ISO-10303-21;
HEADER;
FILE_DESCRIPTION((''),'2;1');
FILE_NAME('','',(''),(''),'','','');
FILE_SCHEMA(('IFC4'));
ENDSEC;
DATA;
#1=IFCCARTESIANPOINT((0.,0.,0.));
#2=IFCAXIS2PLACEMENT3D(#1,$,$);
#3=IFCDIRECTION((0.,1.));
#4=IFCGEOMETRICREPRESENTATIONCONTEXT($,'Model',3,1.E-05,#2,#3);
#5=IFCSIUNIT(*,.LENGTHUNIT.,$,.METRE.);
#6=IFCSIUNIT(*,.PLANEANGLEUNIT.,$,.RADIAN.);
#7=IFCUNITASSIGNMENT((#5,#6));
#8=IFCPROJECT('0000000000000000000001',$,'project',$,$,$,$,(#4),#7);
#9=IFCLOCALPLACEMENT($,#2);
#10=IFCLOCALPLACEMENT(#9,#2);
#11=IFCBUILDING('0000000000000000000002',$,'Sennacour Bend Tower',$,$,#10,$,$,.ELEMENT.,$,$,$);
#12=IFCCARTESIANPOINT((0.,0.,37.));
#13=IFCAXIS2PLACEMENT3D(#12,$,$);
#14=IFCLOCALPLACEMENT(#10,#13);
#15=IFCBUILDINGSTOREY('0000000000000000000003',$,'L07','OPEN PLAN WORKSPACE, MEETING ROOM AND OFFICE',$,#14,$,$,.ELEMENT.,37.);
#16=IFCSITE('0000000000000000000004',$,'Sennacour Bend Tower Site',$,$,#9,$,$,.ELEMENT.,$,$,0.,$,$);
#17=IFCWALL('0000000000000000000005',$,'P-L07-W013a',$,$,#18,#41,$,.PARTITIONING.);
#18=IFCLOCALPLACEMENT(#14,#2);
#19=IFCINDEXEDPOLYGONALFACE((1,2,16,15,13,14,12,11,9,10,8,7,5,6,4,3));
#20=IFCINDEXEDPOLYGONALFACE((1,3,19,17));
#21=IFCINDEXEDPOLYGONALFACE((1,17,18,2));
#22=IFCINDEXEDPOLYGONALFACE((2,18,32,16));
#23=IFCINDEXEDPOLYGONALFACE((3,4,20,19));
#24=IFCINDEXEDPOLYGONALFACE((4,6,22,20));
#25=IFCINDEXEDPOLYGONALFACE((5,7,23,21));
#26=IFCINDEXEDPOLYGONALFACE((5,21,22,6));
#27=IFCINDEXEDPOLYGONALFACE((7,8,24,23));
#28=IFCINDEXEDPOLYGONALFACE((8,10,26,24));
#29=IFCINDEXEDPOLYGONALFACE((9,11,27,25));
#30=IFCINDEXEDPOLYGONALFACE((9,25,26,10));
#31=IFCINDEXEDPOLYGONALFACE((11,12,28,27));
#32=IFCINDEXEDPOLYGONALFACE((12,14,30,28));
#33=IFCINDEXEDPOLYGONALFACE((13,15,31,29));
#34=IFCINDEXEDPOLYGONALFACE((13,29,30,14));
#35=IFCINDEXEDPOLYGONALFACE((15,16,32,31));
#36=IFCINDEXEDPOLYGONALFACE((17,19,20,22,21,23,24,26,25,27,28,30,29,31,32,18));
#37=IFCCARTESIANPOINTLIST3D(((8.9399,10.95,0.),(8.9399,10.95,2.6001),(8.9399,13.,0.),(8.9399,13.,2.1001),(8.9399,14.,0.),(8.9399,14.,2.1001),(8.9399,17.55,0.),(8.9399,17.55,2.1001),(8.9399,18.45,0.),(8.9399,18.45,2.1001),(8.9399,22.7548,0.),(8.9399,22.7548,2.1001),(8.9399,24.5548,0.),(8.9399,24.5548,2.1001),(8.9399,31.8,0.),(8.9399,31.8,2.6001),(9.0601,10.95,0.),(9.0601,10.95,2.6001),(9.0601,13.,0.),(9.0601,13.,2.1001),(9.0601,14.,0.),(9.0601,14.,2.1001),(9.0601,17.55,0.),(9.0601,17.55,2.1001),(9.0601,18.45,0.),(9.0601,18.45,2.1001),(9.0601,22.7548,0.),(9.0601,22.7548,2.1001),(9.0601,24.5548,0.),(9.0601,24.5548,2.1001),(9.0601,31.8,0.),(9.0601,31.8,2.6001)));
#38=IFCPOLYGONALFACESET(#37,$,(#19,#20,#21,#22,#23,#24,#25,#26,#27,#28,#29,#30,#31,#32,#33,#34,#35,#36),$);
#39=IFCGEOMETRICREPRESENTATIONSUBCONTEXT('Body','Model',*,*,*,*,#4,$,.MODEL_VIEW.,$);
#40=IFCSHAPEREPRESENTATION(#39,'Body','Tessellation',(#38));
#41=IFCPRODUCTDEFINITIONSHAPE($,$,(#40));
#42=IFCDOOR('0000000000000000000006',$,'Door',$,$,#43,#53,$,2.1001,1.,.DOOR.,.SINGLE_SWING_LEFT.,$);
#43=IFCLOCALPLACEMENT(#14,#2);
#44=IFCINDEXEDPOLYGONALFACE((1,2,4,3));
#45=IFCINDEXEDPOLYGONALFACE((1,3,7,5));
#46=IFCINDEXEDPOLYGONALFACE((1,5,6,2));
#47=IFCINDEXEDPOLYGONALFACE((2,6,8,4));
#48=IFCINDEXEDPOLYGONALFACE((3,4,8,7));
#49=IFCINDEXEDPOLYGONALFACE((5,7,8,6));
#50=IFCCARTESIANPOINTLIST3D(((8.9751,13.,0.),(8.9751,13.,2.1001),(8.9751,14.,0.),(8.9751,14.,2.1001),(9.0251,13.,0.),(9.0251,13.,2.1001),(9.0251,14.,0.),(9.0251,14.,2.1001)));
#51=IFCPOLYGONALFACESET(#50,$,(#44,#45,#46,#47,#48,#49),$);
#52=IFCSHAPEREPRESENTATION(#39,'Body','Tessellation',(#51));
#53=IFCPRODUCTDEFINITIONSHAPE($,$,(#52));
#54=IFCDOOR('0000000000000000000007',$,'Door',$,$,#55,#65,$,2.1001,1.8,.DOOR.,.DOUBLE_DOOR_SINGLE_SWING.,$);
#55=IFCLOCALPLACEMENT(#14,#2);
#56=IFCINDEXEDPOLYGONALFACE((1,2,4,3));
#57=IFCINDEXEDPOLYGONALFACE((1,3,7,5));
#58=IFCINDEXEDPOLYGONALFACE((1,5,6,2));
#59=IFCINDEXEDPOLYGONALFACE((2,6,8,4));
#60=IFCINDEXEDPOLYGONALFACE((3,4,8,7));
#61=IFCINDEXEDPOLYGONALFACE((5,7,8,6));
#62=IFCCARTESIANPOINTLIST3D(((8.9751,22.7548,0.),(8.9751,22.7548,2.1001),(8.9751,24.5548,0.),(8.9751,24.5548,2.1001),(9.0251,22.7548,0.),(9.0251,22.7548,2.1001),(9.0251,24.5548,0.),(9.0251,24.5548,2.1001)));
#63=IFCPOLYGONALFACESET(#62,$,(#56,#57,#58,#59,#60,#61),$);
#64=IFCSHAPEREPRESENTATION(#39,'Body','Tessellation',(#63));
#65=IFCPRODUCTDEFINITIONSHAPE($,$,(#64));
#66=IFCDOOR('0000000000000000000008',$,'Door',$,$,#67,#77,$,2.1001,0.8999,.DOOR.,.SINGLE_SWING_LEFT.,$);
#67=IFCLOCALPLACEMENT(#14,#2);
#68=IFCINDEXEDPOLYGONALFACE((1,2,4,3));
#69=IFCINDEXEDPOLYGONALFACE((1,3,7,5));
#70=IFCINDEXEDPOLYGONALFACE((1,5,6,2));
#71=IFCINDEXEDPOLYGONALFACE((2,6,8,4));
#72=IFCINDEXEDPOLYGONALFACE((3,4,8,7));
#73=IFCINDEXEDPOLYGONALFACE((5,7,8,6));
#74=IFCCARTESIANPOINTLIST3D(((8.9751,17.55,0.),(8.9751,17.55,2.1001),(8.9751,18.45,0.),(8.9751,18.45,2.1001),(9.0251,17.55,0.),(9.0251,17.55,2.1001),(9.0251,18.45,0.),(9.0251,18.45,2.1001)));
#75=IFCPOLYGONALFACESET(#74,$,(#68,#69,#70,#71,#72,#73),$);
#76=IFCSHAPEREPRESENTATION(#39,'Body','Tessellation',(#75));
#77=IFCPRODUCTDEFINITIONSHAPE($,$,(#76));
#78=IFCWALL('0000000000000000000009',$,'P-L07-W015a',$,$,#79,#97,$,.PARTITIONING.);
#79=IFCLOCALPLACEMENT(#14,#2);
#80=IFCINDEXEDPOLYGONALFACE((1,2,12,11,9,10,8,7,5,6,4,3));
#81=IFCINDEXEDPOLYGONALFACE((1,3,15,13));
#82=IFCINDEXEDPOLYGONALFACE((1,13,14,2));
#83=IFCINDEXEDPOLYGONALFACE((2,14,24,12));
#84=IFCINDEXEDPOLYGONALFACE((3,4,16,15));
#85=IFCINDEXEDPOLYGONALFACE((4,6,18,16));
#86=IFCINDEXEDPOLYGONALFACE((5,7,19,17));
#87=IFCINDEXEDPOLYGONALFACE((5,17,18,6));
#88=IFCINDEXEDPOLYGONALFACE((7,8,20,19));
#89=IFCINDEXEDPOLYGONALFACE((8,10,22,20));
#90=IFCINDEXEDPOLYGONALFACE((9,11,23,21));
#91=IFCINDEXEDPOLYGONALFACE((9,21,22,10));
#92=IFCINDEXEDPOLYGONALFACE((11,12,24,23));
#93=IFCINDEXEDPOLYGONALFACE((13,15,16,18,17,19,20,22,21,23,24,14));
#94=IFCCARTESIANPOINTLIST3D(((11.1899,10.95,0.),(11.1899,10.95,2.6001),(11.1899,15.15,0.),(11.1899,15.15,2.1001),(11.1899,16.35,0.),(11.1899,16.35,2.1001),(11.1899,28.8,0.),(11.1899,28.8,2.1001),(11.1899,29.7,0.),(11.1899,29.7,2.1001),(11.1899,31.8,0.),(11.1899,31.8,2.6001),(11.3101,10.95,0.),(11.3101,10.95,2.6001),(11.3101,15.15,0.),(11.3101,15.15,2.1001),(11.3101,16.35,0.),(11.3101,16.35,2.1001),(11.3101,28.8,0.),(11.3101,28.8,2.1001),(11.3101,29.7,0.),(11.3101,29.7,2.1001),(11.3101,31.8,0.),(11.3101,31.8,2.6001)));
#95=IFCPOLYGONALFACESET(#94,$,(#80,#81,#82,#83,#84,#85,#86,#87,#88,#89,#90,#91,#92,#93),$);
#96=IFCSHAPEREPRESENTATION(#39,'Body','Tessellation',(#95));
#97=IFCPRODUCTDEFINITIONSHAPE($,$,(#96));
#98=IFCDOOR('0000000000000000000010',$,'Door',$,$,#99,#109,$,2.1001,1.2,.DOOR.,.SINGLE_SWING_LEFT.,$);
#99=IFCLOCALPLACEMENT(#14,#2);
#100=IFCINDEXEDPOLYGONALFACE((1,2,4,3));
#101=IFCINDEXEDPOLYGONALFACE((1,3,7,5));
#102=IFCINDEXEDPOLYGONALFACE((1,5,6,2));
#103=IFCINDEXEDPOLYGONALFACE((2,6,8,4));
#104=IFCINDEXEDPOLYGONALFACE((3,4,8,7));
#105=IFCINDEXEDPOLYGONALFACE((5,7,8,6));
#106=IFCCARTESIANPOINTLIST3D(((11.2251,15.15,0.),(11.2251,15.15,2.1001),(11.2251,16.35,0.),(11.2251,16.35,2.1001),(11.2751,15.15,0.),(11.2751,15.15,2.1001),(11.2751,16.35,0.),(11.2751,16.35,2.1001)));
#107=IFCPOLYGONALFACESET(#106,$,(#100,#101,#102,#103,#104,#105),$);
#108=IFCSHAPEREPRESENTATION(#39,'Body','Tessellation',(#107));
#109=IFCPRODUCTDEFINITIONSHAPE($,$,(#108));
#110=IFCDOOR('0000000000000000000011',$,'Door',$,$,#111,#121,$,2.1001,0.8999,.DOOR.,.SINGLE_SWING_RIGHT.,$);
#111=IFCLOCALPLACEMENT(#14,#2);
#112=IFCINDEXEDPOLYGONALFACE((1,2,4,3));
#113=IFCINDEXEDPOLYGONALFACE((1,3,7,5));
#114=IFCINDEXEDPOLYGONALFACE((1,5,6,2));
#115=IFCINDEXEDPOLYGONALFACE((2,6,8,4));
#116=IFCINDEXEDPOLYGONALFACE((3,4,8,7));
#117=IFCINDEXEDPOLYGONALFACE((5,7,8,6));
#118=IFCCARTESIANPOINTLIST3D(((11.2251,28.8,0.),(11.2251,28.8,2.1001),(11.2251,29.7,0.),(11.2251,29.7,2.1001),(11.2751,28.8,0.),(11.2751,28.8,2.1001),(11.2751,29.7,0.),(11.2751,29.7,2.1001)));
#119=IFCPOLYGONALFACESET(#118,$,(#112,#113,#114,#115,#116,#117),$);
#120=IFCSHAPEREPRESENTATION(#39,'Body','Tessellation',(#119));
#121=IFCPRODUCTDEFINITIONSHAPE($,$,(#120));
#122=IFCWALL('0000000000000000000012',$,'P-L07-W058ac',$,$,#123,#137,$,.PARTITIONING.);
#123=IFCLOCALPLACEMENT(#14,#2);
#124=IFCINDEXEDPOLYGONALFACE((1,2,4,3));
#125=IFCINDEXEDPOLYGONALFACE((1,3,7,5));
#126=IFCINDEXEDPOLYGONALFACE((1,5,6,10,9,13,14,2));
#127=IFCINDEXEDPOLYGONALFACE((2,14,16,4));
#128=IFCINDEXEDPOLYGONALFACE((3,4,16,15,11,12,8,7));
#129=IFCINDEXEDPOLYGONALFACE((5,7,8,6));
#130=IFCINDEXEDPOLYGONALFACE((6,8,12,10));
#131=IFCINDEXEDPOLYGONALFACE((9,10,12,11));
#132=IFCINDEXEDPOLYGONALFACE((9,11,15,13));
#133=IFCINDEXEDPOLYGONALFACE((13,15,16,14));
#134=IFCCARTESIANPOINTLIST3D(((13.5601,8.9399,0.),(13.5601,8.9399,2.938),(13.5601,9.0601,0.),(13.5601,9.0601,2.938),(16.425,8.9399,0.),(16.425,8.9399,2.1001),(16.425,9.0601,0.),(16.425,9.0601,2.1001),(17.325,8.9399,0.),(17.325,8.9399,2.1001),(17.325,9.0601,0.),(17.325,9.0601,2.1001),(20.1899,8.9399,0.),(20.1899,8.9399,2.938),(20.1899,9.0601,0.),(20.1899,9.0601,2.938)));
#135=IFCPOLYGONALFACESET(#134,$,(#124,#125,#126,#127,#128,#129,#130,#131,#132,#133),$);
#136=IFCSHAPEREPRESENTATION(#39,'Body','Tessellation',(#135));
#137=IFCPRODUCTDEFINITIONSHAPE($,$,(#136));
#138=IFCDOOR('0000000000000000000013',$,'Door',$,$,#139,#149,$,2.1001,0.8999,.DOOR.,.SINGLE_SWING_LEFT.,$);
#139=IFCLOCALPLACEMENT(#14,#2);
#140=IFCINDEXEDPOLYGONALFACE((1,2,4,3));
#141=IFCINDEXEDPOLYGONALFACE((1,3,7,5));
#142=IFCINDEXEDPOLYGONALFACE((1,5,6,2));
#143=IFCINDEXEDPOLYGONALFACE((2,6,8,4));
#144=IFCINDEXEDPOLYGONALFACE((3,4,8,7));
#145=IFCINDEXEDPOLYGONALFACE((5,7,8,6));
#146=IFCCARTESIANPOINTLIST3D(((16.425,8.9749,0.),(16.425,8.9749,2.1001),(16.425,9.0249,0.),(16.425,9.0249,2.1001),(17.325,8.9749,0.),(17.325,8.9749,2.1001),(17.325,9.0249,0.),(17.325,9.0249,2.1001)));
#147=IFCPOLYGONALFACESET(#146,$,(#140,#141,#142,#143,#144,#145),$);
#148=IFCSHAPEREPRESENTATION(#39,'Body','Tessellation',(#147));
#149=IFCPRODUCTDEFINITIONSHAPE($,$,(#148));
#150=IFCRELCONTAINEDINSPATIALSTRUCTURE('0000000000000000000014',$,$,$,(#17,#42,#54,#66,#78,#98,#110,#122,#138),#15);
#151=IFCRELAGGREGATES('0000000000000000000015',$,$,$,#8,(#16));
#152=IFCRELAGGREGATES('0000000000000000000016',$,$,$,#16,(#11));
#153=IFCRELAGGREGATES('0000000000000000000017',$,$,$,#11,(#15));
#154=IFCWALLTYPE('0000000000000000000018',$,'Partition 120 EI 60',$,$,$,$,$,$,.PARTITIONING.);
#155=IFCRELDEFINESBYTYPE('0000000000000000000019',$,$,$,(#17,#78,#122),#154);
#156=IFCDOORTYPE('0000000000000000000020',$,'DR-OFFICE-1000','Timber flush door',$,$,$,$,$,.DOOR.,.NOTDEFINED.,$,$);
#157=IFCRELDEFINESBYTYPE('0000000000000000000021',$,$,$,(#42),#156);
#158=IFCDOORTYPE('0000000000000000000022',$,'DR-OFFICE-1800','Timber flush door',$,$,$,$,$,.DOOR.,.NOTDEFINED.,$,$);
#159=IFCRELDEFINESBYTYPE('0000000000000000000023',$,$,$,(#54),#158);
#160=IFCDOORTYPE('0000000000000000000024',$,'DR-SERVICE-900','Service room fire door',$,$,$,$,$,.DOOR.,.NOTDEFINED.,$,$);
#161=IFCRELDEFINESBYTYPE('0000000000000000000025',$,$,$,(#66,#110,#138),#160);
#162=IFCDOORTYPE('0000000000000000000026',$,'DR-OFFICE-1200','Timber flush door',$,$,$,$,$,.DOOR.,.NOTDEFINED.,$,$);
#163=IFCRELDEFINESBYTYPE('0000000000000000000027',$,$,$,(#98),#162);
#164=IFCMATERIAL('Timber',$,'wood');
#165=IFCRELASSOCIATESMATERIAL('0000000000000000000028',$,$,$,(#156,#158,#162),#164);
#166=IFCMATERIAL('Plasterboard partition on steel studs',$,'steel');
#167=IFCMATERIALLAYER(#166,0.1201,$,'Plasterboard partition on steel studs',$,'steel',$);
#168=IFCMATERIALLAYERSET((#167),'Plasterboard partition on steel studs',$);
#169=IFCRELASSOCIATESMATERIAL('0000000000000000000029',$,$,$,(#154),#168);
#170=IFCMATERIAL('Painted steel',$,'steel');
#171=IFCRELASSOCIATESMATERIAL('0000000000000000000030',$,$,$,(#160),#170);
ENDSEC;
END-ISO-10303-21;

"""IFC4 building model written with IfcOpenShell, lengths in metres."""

from ifc_helpers import new_model, si_unit, direction, frame, frame_2d, origin, place, context, subcontext, project, spatial, rectangle, extrude, material, layer, layer_set, type_object, element, fill, save


model = new_model("IFC4")

# Units and contexts
model_context = context("Model", 3, precision=1e-05, world=origin(), true_north=direction((0.0, 1.0)))
body_context = subcontext(model_context, "Body", "Model", "MODEL_VIEW")
ifc_project = project(units=[si_unit("LENGTHUNIT", "METRE"), si_unit("PLANEANGLEUNIT", "RADIAN")], contexts=[model_context])

# Site, building, storey
site_placement = place(None, origin())
site = spatial("IfcSite", under=ifc_project, at=site_placement, Name="Sennacour Bend Tower Site", CompositionType="ELEMENT", RefElevation=0.0)
building_placement = place(site_placement, origin())
building = spatial("IfcBuilding", under=site, at=building_placement, Name="Sennacour Bend Tower", CompositionType="ELEMENT")
storey_placement = place(building_placement, frame((0.0, 0.0, 37.0)))
storey = spatial("IfcBuildingStorey", under=building, at=storey_placement, Name="L07", Description="OPEN PLAN WORKSPACE, MEETING ROOM AND OFFICE", CompositionType="ELEMENT", Elevation=37.0)

# Shared definitions
ifc_material_1 = material(Name="Plasterboard partition on steel studs", Category="steel")
ifc_material_2 = material(Name="Timber", Category="wood")
door_type_1 = type_object("IfcDoorType", Name="DR-OFFICE-1000", Description="Timber flush door", OperationType="NOTDEFINED", PredefinedType="DOOR", material=ifc_material_2)
door_type_2 = type_object("IfcDoorType", Name="DR-OFFICE-1800", Description="Timber flush door", OperationType="NOTDEFINED", PredefinedType="DOOR", material=ifc_material_2)

# Shared definitions
ifc_material_3 = material(Name="Painted steel", Category="steel")

# Walls, openings, doors
ifc_layer_1 = layer(ifc_material_1, 0.1201, Name="Plasterboard partition on steel studs", Category="steel")
ifc_layer_set_1 = layer_set([ifc_layer_1], Name="Plasterboard partition on steel studs")
wall_type_1 = type_object("IfcWallType", Name="Partition 120 EI 60", PredefinedType="PARTITIONING", material=ifc_layer_set_1)
wall_1_placement = place(storey_placement, frame((9.0, 10.95, 0.0), z_axis=(0.0, 0.0, 1.0), x_axis=(0.0, 1.0, 0.0)))
wall_1 = element("IfcWall", 1, at=wall_1_placement, inside=storey, type_object=wall_type_1, Name="P-L07-W013a", PredefinedType="PARTITIONING", context=body_context, shape_type="SweptSolid", body=[
    extrude(rectangle(XDim=20.8501, YDim=0.1201, at=frame_2d((10.425, 0.0))), origin(), (0.0, 0.0, 1.0), 2.6001),
])
opening_1_placement = place(wall_1_placement, frame((2.05, 0.0, 0.0)))
opening_1 = element("IfcOpeningElement", 2, at=opening_1_placement, cuts=wall_1, PredefinedType="OPENING", context=body_context, shape_type="SweptSolid", body=[
    extrude(rectangle(XDim=1.0, YDim=2.1001, at=frame_2d((0.5, 1.05))), frame((0.0, 0.0701, 0.0), z_axis=(0.0, -1.0, 0.0), x_axis=(1.0, 0.0, 0.0)), (0.0, 0.0, 1.0), 0.1401),
])
opening_2_placement = place(wall_1_placement, frame((6.6001, 0.0, 0.0)))
opening_2 = element("IfcOpeningElement", 3, at=opening_2_placement, cuts=wall_1, PredefinedType="OPENING", context=body_context, shape_type="SweptSolid", body=[
    extrude(rectangle(XDim=0.8999, YDim=2.1001, at=frame_2d((0.45, 1.05))), frame((0.0, 0.0701, 0.0), z_axis=(0.0, -1.0, 0.0), x_axis=(1.0, 0.0, 0.0)), (0.0, 0.0, 1.0), 0.1401),
])
opening_3_placement = place(wall_1_placement, frame((11.8049, 0.0, 0.0)))
opening_3 = element("IfcOpeningElement", 4, at=opening_3_placement, cuts=wall_1, PredefinedType="OPENING", context=body_context, shape_type="SweptSolid", body=[
    extrude(rectangle(XDim=1.8, YDim=2.1001, at=frame_2d((0.8999, 1.05))), frame((0.0, 0.0701, 0.0), z_axis=(0.0, -1.0, 0.0), x_axis=(1.0, 0.0, 0.0)), (0.0, 0.0, 1.0), 0.1401),
])
door_1_placement = place(opening_1_placement, origin())
door_1 = element("IfcDoor", 5, at=door_1_placement, inside=storey, type_object=door_type_1, Name="Door", OperationType="SINGLE_SWING_LEFT", OverallHeight=2.1001, OverallWidth=1.0, PredefinedType="DOOR", context=body_context, shape_type="SweptSolid", body=[
    extrude(rectangle(XDim=1.0, YDim=2.1001, at=frame_2d((0.5, 1.05))), frame((0.0, 0.0249, 0.0), z_axis=(0.0, -1.0, 0.0), x_axis=(1.0, 0.0, 0.0)), (0.0, 0.0, 1.0), 0.05),
])
fill(opening_1, door_1)
door_2_placement = place(opening_3_placement, origin())
door_2 = element("IfcDoor", 6, at=door_2_placement, inside=storey, type_object=door_type_2, Name="Door", OperationType="DOUBLE_DOOR_SINGLE_SWING", OverallHeight=2.1001, OverallWidth=1.8, PredefinedType="DOOR", context=body_context, shape_type="SweptSolid", body=[
    extrude(rectangle(XDim=1.8, YDim=2.1001, at=frame_2d((0.8999, 1.05))), frame((0.0, 0.0249, 0.0), z_axis=(0.0, -1.0, 0.0), x_axis=(1.0, 0.0, 0.0)), (0.0, 0.0, 1.0), 0.05),
])
fill(opening_3, door_2)
door_type_3 = type_object("IfcDoorType", Name="DR-SERVICE-900", Description="Service room fire door", OperationType="NOTDEFINED", PredefinedType="DOOR", material=ifc_material_3)
door_3_placement = place(opening_2_placement, origin())
door_3 = element("IfcDoor", 7, at=door_3_placement, inside=storey, type_object=door_type_3, Name="Door", OperationType="SINGLE_SWING_LEFT", OverallHeight=2.1001, OverallWidth=0.8999, PredefinedType="DOOR", context=body_context, shape_type="SweptSolid", body=[
    extrude(rectangle(XDim=0.8999, YDim=2.1001, at=frame_2d((0.45, 1.05))), frame((0.0, 0.0249, 0.0), z_axis=(0.0, -1.0, 0.0), x_axis=(1.0, 0.0, 0.0)), (0.0, 0.0, 1.0), 0.05),
])
fill(opening_2, door_3)
wall_2_placement = place(storey_placement, frame((11.25, 10.95, 0.0), z_axis=(0.0, 0.0, 1.0), x_axis=(0.0, 1.0, 0.0)))
wall_2 = element("IfcWall", 8, at=wall_2_placement, inside=storey, type_object=wall_type_1, Name="P-L07-W015a", PredefinedType="PARTITIONING", context=body_context, shape_type="SweptSolid", body=[
    extrude(rectangle(XDim=20.8501, YDim=0.1201, at=frame_2d((10.425, 0.0))), origin(), (0.0, 0.0, 1.0), 2.6001),
])
opening_4_placement = place(wall_2_placement, frame((17.8501, 0.0, 0.0)))
opening_4 = element("IfcOpeningElement", 9, at=opening_4_placement, cuts=wall_2, PredefinedType="OPENING", context=body_context, shape_type="SweptSolid", body=[
    extrude(rectangle(XDim=0.8999, YDim=2.1001, at=frame_2d((0.45, 1.05))), frame((0.0, 0.0701, 0.0), z_axis=(0.0, -1.0, 0.0), x_axis=(1.0, 0.0, 0.0)), (0.0, 0.0, 1.0), 0.1401),
])
opening_5_placement = place(wall_2_placement, frame((4.2, 0.0, 0.0)))
opening_5 = element("IfcOpeningElement", 10, at=opening_5_placement, cuts=wall_2, PredefinedType="OPENING", context=body_context, shape_type="SweptSolid", body=[
    extrude(rectangle(XDim=1.2, YDim=2.1001, at=frame_2d((0.6001, 1.05))), frame((0.0, 0.0701, 0.0), z_axis=(0.0, -1.0, 0.0), x_axis=(1.0, 0.0, 0.0)), (0.0, 0.0, 1.0), 0.1401),
])
door_type_4 = type_object("IfcDoorType", Name="DR-OFFICE-1200", Description="Timber flush door", OperationType="NOTDEFINED", PredefinedType="DOOR", material=ifc_material_2)
door_4_placement = place(opening_5_placement, origin())
door_4 = element("IfcDoor", 11, at=door_4_placement, inside=storey, type_object=door_type_4, Name="Door", OperationType="SINGLE_SWING_LEFT", OverallHeight=2.1001, OverallWidth=1.2, PredefinedType="DOOR", context=body_context, shape_type="SweptSolid", body=[
    extrude(rectangle(XDim=1.2, YDim=2.1001, at=frame_2d((0.6001, 1.05))), frame((0.0, 0.0249, 0.0), z_axis=(0.0, -1.0, 0.0), x_axis=(1.0, 0.0, 0.0)), (0.0, 0.0, 1.0), 0.05),
])
fill(opening_5, door_4)
door_5_placement = place(opening_4_placement, origin())
door_5 = element("IfcDoor", 12, at=door_5_placement, inside=storey, type_object=door_type_3, Name="Door", OperationType="SINGLE_SWING_RIGHT", OverallHeight=2.1001, OverallWidth=0.8999, PredefinedType="DOOR", context=body_context, shape_type="SweptSolid", body=[
    extrude(rectangle(XDim=0.8999, YDim=2.1001, at=frame_2d((0.45, 1.05))), frame((0.0, 0.0249, 0.0), z_axis=(0.0, -1.0, 0.0), x_axis=(1.0, 0.0, 0.0)), (0.0, 0.0, 1.0), 0.05),
])
fill(opening_4, door_5)

# Wall, opening, door
wall_3_placement = place(storey_placement, frame((13.5601, 9.0, 0.0), z_axis=(0.0, 0.0, 1.0), x_axis=(1.0, 0.0, 0.0)))
wall_3 = element("IfcWall", 13, at=wall_3_placement, inside=storey, type_object=wall_type_1, Name="P-L07-W058ac", PredefinedType="PARTITIONING", context=body_context, shape_type="SweptSolid", body=[
    extrude(rectangle(XDim=6.6299, YDim=0.1201, at=frame_2d((3.3149, 0.0))), origin(), (0.0, 0.0, 1.0), 2.938),
])
opening_6_placement = place(wall_3_placement, frame((2.865, 0.0, 0.0)))
opening_6 = element("IfcOpeningElement", 14, at=opening_6_placement, cuts=wall_3, PredefinedType="OPENING", context=body_context, shape_type="SweptSolid", body=[
    extrude(rectangle(XDim=0.8999, YDim=2.1001, at=frame_2d((0.45, 1.05))), frame((0.0, 0.0701, 0.0), z_axis=(0.0, -1.0, 0.0), x_axis=(1.0, 0.0, 0.0)), (0.0, 0.0, 1.0), 0.1401),
])
door_6_placement = place(opening_6_placement, origin())
door_6 = element("IfcDoor", 15, at=door_6_placement, inside=storey, type_object=door_type_3, Name="Door", OperationType="SINGLE_SWING_LEFT", OverallHeight=2.1001, OverallWidth=0.8999, PredefinedType="DOOR", context=body_context, shape_type="SweptSolid", body=[
    extrude(rectangle(XDim=0.8999, YDim=2.1001, at=frame_2d((0.45, 1.05))), frame((0.0, 0.0249, 0.0), z_axis=(0.0, -1.0, 0.0), x_axis=(1.0, 0.0, 0.0)), (0.0, 0.0, 1.0), 0.05),
])
fill(opening_6, door_6)

save(model, "model.ifc")
